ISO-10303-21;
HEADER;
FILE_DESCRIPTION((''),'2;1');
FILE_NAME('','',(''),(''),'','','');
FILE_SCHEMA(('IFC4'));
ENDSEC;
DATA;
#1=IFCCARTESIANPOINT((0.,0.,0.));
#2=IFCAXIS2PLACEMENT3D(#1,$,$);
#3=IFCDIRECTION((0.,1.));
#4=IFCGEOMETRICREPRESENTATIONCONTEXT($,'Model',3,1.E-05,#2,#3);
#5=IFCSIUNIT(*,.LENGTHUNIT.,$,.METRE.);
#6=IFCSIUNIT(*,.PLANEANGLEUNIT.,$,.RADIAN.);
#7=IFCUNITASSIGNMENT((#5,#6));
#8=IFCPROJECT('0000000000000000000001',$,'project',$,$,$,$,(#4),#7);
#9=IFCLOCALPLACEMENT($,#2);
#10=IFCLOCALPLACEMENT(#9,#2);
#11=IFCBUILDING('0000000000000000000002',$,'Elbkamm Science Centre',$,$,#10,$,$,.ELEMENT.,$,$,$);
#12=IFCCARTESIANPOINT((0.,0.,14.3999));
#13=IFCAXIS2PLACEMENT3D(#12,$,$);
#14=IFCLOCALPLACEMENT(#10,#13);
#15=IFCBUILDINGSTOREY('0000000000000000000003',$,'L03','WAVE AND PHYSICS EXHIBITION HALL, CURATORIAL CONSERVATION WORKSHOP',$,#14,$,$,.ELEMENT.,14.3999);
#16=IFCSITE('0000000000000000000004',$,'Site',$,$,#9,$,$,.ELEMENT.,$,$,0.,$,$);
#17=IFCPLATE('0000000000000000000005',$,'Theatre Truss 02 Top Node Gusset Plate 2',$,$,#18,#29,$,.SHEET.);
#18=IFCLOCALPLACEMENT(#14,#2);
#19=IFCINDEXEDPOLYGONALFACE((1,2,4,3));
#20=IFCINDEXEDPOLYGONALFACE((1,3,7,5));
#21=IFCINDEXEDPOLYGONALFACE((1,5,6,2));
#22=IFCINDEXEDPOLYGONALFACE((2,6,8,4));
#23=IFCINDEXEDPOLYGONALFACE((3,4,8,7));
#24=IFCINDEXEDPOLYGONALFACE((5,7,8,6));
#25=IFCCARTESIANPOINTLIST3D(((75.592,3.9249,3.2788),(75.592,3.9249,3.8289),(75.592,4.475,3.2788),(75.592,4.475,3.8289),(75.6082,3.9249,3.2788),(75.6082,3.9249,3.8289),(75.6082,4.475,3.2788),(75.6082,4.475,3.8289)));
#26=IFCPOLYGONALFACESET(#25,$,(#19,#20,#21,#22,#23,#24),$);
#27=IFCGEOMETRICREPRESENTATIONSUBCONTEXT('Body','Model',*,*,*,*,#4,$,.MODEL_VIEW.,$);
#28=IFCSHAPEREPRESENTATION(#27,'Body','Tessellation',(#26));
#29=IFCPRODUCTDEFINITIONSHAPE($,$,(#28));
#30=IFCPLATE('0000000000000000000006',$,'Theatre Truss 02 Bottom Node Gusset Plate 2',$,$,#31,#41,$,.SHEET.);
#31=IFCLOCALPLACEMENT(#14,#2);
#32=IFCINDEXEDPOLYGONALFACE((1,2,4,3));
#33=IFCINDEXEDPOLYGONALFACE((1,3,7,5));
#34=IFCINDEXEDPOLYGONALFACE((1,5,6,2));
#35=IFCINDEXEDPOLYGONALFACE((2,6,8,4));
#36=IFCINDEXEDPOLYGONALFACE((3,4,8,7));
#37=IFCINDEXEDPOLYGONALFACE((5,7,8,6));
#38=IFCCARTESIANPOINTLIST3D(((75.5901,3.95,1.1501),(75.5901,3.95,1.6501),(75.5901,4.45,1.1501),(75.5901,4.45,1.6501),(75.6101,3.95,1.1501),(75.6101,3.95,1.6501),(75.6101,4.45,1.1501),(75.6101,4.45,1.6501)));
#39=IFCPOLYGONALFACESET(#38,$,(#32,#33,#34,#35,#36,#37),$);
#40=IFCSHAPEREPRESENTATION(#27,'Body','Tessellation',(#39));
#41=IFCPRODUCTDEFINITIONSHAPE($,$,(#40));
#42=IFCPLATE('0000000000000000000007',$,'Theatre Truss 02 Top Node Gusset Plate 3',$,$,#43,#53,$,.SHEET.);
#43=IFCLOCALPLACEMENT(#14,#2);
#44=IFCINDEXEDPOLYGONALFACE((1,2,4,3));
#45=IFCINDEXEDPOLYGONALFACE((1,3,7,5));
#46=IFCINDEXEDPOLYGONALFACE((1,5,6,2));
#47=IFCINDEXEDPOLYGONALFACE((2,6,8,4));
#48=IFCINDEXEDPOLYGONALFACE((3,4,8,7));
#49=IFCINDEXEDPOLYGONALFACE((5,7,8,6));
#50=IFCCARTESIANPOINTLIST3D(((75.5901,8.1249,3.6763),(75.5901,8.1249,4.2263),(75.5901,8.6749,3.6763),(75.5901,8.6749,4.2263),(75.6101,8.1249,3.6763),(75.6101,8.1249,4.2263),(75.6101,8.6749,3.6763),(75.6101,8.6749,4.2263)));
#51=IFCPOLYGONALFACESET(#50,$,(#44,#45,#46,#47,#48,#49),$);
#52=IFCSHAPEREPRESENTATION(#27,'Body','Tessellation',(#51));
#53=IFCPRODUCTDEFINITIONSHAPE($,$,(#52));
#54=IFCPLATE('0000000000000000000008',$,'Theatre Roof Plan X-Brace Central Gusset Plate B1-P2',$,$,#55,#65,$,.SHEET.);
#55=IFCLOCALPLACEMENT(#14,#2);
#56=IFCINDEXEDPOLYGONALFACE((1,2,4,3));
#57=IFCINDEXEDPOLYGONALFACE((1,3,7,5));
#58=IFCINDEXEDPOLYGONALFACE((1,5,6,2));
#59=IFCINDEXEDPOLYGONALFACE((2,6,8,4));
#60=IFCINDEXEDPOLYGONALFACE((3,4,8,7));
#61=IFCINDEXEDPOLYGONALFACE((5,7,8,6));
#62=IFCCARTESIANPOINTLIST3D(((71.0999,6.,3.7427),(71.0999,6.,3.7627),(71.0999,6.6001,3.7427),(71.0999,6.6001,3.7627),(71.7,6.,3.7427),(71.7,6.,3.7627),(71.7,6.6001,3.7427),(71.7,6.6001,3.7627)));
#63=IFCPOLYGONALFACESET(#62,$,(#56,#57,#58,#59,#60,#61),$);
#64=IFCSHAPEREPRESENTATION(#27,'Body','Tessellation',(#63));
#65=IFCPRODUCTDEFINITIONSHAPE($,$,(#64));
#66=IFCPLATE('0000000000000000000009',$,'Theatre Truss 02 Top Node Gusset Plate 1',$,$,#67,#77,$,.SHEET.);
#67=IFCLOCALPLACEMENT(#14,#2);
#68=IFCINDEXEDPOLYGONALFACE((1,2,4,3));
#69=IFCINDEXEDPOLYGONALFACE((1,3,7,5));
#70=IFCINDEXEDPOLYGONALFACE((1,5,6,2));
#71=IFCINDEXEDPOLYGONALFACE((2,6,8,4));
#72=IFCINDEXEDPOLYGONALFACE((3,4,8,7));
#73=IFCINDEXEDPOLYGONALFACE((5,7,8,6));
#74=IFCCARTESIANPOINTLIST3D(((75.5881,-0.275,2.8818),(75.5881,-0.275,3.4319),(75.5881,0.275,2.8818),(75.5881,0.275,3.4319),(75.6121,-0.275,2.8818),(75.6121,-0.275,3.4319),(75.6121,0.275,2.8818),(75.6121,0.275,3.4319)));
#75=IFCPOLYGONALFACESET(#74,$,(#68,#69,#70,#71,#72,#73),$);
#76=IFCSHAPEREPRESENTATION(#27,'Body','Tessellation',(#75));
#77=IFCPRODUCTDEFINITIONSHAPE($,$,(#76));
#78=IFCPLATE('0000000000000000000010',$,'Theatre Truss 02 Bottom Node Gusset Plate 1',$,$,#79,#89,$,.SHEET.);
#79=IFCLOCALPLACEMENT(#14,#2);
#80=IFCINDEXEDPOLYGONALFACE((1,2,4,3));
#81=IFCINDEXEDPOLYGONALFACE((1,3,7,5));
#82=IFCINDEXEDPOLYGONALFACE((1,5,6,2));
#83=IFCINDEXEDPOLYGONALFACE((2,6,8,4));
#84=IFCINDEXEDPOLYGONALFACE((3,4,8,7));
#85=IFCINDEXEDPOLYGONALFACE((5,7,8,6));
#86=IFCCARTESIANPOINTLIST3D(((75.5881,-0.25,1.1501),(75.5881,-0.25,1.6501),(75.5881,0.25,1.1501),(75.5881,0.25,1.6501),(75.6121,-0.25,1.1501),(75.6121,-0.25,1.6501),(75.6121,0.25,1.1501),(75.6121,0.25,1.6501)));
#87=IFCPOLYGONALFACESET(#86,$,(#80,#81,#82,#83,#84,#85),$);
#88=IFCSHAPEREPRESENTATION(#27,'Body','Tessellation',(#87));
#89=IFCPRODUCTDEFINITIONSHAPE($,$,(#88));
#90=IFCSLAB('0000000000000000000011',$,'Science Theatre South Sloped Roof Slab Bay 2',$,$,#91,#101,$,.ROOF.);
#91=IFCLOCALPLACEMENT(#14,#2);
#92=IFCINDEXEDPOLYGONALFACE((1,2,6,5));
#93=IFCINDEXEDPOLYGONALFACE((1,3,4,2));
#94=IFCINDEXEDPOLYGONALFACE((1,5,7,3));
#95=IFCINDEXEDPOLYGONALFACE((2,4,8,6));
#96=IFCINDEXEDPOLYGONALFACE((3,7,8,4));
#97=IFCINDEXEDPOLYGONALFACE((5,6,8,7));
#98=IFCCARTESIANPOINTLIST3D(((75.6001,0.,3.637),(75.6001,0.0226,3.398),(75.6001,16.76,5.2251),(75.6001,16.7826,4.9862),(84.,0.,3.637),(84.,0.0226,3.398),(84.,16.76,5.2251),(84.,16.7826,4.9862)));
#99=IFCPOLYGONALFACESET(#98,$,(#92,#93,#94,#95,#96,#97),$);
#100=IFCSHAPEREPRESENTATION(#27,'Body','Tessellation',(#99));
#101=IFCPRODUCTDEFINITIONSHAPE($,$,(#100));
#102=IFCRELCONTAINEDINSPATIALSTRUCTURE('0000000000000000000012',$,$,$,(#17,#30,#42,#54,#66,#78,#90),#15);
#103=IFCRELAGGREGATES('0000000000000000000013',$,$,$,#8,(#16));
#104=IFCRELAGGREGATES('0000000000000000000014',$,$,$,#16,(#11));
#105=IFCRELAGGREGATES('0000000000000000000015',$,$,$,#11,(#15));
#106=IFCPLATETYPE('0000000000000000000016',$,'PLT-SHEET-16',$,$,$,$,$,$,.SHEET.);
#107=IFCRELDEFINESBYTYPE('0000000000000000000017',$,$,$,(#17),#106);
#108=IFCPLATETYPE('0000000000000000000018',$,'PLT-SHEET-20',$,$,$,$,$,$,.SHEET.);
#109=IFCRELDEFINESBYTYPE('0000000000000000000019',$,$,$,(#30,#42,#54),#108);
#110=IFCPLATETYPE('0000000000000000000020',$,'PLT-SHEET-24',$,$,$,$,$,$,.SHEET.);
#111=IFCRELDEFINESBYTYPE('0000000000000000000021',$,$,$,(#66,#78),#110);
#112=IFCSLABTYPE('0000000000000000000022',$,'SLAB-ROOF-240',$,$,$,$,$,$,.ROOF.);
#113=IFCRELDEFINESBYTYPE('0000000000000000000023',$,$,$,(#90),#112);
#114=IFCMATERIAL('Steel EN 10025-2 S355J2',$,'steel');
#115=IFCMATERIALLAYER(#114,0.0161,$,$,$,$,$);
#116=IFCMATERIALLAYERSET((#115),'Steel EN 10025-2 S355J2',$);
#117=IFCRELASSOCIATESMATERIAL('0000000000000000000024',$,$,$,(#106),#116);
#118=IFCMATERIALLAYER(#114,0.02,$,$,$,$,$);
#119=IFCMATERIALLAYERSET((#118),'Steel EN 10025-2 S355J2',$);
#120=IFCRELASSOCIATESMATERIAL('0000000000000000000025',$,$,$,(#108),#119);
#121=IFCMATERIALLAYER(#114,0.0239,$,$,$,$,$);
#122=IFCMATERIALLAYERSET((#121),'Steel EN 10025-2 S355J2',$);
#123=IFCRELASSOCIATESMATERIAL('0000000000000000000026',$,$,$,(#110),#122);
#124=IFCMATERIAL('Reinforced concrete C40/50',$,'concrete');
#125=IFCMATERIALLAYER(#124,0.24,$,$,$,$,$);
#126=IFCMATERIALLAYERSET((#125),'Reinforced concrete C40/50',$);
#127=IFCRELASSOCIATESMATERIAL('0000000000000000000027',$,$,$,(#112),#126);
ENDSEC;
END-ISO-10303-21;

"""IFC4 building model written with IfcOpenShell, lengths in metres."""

from ifc_helpers import new_model, si_unit, direction, frame, origin, origin_2d, place, context, subcontext, project, spatial, polyline, rectangle, outline, extrude, material, layer, layer_set, type_object, element, save


model = new_model("IFC4")

# Units and contexts
model_context = context("Model", 3, precision=1e-05, world=origin(), true_north=direction((0.0, 1.0)))
body_context = subcontext(model_context, "Body", "Model", "MODEL_VIEW")
ifc_project = project(units=[si_unit("LENGTHUNIT", "METRE"), si_unit("PLANEANGLEUNIT", "RADIAN")], contexts=[model_context])

# Site, building, storey
site_placement = place(None, origin())
site = spatial("IfcSite", under=ifc_project, at=site_placement, Name="Site", CompositionType="ELEMENT", RefElevation=0.0)
building_placement = place(site_placement, origin())
building = spatial("IfcBuilding", under=site, at=building_placement, Name="Elbkamm Science Centre", CompositionType="ELEMENT")
storey_placement = place(building_placement, frame((0.0, 0.0, 14.3999)))
storey = spatial("IfcBuildingStorey", under=building, at=storey_placement, Name="L03", Description="WAVE AND PHYSICS EXHIBITION HALL, CURATORIAL CONSERVATION WORKSHOP", CompositionType="ELEMENT", Elevation=14.3999)

# Shared definitions
ifc_material_1 = material(Name="Steel EN 10025-2 S355J2", Category="steel")

# Plates
ifc_layer_1 = layer(ifc_material_1, 0.0161)
ifc_layer_set_1 = layer_set([ifc_layer_1], Name="Steel EN 10025-2 S355J2")
plate_type_1 = type_object("IfcPlateType", Name="PLT-SHEET-16", PredefinedType="SHEET", material=ifc_layer_set_1)
plate_1_placement = place(storey_placement, frame((75.6001, 4.2, 3.2788), z_axis=(0.0, 0.0, 1.0), x_axis=(1.0, 0.0, 0.0)))
element("IfcPlate", 1, at=plate_1_placement, inside=storey, type_object=plate_type_1, Name="Theatre Truss 02 Top Node Gusset Plate 2", PredefinedType="SHEET", context=body_context, shape_type="SweptSolid", body=[
    extrude(rectangle(XDim=0.0161, YDim=0.55, at=origin_2d()), origin(), (0.0, 0.0, 1.0), 0.55),
])
ifc_layer_2 = layer(ifc_material_1, 0.02)
ifc_layer_set_2 = layer_set([ifc_layer_2], Name="Steel EN 10025-2 S355J2")
plate_type_2 = type_object("IfcPlateType", Name="PLT-SHEET-20", PredefinedType="SHEET", material=ifc_layer_set_2)
plate_2_placement = place(storey_placement, frame((75.6001, 4.2, 1.1501), z_axis=(0.0, 0.0, 1.0), x_axis=(1.0, 0.0, 0.0)))
element("IfcPlate", 2, at=plate_2_placement, inside=storey, type_object=plate_type_2, Name="Theatre Truss 02 Bottom Node Gusset Plate 2", PredefinedType="SHEET", context=body_context, shape_type="SweptSolid", body=[
    extrude(rectangle(XDim=0.02, YDim=0.5, at=origin_2d()), origin(), (0.0, 0.0, 1.0), 0.5),
])
plate_3_placement = place(storey_placement, frame((75.6001, 8.3999, 3.6763), z_axis=(0.0, 0.0, 1.0), x_axis=(1.0, 0.0, 0.0)))
element("IfcPlate", 3, at=plate_3_placement, inside=storey, type_object=plate_type_2, Name="Theatre Truss 02 Top Node Gusset Plate 3", PredefinedType="SHEET", context=body_context, shape_type="SweptSolid", body=[
    extrude(rectangle(XDim=0.02, YDim=0.55, at=origin_2d()), origin(), (0.0, 0.0, 1.0), 0.55),
])
plate_4_placement = place(storey_placement, frame((71.3999, 6.3, 3.7427), z_axis=(0.0, 0.0, 1.0), x_axis=(1.0, 0.0, 0.0)))
element("IfcPlate", 4, at=plate_4_placement, inside=storey, type_object=plate_type_2, Name="Theatre Roof Plan X-Brace Central Gusset Plate B1-P2", PredefinedType="SHEET", context=body_context, shape_type="SweptSolid", body=[
    extrude(rectangle(XDim=0.6001, YDim=0.6001, at=origin_2d()), origin(), (0.0, 0.0, 1.0), 0.02),
])
ifc_layer_3 = layer(ifc_material_1, 0.0239)
ifc_layer_set_3 = layer_set([ifc_layer_3], Name="Steel EN 10025-2 S355J2")
plate_type_3 = type_object("IfcPlateType", Name="PLT-SHEET-24", PredefinedType="SHEET", material=ifc_layer_set_3)
plate_5_placement = place(storey_placement, frame((75.6001, 0.0, 2.8818), z_axis=(0.0, 0.0, 1.0), x_axis=(1.0, 0.0, 0.0)))
element("IfcPlate", 5, at=plate_5_placement, inside=storey, type_object=plate_type_3, Name="Theatre Truss 02 Top Node Gusset Plate 1", PredefinedType="SHEET", context=body_context, shape_type="SweptSolid", body=[
    extrude(rectangle(XDim=0.0239, YDim=0.55, at=origin_2d()), origin(), (0.0, 0.0, 1.0), 0.55),
])
plate_6_placement = place(storey_placement, frame((75.6001, 0.0, 1.1501), z_axis=(0.0, 0.0, 1.0), x_axis=(1.0, 0.0, 0.0)))
element("IfcPlate", 6, at=plate_6_placement, inside=storey, type_object=plate_type_3, Name="Theatre Truss 02 Bottom Node Gusset Plate 1", PredefinedType="SHEET", context=body_context, shape_type="SweptSolid", body=[
    extrude(rectangle(XDim=0.0239, YDim=0.5, at=origin_2d()), origin(), (0.0, 0.0, 1.0), 0.5),
])

# Slab
ifc_material_2 = material(Name="Reinforced concrete C40/50", Category="concrete")
ifc_layer_4 = layer(ifc_material_2, 0.24)
ifc_layer_set_4 = layer_set([ifc_layer_4], Name="Reinforced concrete C40/50")
slab_type = type_object("IfcSlabType", Name="SLAB-ROOF-240", PredefinedType="ROOF", material=ifc_layer_set_4)
slab_placement = place(storey_placement, frame((75.6001, 0.0, 3.637), z_axis=(0.0, -0.094335, 0.995541), x_axis=(1.0, 0.0, 0.0)))
element("IfcSlab", 7, at=slab_placement, inside=storey, type_object=slab_type, Name="Science Theatre South Sloped Roof Slab Bay 2", PredefinedType="ROOF", context=body_context, shape_type="SweptSolid", body=[
    extrude(outline(polyline([(0.0, 0.0), (8.3999, 0.0), (8.3999, 16.8351), (0.0, 16.8351), (0.0, 0.0)])), origin(), (0.0, 0.0, -1.0), 0.24),
])

save(model, "model.ifc")
